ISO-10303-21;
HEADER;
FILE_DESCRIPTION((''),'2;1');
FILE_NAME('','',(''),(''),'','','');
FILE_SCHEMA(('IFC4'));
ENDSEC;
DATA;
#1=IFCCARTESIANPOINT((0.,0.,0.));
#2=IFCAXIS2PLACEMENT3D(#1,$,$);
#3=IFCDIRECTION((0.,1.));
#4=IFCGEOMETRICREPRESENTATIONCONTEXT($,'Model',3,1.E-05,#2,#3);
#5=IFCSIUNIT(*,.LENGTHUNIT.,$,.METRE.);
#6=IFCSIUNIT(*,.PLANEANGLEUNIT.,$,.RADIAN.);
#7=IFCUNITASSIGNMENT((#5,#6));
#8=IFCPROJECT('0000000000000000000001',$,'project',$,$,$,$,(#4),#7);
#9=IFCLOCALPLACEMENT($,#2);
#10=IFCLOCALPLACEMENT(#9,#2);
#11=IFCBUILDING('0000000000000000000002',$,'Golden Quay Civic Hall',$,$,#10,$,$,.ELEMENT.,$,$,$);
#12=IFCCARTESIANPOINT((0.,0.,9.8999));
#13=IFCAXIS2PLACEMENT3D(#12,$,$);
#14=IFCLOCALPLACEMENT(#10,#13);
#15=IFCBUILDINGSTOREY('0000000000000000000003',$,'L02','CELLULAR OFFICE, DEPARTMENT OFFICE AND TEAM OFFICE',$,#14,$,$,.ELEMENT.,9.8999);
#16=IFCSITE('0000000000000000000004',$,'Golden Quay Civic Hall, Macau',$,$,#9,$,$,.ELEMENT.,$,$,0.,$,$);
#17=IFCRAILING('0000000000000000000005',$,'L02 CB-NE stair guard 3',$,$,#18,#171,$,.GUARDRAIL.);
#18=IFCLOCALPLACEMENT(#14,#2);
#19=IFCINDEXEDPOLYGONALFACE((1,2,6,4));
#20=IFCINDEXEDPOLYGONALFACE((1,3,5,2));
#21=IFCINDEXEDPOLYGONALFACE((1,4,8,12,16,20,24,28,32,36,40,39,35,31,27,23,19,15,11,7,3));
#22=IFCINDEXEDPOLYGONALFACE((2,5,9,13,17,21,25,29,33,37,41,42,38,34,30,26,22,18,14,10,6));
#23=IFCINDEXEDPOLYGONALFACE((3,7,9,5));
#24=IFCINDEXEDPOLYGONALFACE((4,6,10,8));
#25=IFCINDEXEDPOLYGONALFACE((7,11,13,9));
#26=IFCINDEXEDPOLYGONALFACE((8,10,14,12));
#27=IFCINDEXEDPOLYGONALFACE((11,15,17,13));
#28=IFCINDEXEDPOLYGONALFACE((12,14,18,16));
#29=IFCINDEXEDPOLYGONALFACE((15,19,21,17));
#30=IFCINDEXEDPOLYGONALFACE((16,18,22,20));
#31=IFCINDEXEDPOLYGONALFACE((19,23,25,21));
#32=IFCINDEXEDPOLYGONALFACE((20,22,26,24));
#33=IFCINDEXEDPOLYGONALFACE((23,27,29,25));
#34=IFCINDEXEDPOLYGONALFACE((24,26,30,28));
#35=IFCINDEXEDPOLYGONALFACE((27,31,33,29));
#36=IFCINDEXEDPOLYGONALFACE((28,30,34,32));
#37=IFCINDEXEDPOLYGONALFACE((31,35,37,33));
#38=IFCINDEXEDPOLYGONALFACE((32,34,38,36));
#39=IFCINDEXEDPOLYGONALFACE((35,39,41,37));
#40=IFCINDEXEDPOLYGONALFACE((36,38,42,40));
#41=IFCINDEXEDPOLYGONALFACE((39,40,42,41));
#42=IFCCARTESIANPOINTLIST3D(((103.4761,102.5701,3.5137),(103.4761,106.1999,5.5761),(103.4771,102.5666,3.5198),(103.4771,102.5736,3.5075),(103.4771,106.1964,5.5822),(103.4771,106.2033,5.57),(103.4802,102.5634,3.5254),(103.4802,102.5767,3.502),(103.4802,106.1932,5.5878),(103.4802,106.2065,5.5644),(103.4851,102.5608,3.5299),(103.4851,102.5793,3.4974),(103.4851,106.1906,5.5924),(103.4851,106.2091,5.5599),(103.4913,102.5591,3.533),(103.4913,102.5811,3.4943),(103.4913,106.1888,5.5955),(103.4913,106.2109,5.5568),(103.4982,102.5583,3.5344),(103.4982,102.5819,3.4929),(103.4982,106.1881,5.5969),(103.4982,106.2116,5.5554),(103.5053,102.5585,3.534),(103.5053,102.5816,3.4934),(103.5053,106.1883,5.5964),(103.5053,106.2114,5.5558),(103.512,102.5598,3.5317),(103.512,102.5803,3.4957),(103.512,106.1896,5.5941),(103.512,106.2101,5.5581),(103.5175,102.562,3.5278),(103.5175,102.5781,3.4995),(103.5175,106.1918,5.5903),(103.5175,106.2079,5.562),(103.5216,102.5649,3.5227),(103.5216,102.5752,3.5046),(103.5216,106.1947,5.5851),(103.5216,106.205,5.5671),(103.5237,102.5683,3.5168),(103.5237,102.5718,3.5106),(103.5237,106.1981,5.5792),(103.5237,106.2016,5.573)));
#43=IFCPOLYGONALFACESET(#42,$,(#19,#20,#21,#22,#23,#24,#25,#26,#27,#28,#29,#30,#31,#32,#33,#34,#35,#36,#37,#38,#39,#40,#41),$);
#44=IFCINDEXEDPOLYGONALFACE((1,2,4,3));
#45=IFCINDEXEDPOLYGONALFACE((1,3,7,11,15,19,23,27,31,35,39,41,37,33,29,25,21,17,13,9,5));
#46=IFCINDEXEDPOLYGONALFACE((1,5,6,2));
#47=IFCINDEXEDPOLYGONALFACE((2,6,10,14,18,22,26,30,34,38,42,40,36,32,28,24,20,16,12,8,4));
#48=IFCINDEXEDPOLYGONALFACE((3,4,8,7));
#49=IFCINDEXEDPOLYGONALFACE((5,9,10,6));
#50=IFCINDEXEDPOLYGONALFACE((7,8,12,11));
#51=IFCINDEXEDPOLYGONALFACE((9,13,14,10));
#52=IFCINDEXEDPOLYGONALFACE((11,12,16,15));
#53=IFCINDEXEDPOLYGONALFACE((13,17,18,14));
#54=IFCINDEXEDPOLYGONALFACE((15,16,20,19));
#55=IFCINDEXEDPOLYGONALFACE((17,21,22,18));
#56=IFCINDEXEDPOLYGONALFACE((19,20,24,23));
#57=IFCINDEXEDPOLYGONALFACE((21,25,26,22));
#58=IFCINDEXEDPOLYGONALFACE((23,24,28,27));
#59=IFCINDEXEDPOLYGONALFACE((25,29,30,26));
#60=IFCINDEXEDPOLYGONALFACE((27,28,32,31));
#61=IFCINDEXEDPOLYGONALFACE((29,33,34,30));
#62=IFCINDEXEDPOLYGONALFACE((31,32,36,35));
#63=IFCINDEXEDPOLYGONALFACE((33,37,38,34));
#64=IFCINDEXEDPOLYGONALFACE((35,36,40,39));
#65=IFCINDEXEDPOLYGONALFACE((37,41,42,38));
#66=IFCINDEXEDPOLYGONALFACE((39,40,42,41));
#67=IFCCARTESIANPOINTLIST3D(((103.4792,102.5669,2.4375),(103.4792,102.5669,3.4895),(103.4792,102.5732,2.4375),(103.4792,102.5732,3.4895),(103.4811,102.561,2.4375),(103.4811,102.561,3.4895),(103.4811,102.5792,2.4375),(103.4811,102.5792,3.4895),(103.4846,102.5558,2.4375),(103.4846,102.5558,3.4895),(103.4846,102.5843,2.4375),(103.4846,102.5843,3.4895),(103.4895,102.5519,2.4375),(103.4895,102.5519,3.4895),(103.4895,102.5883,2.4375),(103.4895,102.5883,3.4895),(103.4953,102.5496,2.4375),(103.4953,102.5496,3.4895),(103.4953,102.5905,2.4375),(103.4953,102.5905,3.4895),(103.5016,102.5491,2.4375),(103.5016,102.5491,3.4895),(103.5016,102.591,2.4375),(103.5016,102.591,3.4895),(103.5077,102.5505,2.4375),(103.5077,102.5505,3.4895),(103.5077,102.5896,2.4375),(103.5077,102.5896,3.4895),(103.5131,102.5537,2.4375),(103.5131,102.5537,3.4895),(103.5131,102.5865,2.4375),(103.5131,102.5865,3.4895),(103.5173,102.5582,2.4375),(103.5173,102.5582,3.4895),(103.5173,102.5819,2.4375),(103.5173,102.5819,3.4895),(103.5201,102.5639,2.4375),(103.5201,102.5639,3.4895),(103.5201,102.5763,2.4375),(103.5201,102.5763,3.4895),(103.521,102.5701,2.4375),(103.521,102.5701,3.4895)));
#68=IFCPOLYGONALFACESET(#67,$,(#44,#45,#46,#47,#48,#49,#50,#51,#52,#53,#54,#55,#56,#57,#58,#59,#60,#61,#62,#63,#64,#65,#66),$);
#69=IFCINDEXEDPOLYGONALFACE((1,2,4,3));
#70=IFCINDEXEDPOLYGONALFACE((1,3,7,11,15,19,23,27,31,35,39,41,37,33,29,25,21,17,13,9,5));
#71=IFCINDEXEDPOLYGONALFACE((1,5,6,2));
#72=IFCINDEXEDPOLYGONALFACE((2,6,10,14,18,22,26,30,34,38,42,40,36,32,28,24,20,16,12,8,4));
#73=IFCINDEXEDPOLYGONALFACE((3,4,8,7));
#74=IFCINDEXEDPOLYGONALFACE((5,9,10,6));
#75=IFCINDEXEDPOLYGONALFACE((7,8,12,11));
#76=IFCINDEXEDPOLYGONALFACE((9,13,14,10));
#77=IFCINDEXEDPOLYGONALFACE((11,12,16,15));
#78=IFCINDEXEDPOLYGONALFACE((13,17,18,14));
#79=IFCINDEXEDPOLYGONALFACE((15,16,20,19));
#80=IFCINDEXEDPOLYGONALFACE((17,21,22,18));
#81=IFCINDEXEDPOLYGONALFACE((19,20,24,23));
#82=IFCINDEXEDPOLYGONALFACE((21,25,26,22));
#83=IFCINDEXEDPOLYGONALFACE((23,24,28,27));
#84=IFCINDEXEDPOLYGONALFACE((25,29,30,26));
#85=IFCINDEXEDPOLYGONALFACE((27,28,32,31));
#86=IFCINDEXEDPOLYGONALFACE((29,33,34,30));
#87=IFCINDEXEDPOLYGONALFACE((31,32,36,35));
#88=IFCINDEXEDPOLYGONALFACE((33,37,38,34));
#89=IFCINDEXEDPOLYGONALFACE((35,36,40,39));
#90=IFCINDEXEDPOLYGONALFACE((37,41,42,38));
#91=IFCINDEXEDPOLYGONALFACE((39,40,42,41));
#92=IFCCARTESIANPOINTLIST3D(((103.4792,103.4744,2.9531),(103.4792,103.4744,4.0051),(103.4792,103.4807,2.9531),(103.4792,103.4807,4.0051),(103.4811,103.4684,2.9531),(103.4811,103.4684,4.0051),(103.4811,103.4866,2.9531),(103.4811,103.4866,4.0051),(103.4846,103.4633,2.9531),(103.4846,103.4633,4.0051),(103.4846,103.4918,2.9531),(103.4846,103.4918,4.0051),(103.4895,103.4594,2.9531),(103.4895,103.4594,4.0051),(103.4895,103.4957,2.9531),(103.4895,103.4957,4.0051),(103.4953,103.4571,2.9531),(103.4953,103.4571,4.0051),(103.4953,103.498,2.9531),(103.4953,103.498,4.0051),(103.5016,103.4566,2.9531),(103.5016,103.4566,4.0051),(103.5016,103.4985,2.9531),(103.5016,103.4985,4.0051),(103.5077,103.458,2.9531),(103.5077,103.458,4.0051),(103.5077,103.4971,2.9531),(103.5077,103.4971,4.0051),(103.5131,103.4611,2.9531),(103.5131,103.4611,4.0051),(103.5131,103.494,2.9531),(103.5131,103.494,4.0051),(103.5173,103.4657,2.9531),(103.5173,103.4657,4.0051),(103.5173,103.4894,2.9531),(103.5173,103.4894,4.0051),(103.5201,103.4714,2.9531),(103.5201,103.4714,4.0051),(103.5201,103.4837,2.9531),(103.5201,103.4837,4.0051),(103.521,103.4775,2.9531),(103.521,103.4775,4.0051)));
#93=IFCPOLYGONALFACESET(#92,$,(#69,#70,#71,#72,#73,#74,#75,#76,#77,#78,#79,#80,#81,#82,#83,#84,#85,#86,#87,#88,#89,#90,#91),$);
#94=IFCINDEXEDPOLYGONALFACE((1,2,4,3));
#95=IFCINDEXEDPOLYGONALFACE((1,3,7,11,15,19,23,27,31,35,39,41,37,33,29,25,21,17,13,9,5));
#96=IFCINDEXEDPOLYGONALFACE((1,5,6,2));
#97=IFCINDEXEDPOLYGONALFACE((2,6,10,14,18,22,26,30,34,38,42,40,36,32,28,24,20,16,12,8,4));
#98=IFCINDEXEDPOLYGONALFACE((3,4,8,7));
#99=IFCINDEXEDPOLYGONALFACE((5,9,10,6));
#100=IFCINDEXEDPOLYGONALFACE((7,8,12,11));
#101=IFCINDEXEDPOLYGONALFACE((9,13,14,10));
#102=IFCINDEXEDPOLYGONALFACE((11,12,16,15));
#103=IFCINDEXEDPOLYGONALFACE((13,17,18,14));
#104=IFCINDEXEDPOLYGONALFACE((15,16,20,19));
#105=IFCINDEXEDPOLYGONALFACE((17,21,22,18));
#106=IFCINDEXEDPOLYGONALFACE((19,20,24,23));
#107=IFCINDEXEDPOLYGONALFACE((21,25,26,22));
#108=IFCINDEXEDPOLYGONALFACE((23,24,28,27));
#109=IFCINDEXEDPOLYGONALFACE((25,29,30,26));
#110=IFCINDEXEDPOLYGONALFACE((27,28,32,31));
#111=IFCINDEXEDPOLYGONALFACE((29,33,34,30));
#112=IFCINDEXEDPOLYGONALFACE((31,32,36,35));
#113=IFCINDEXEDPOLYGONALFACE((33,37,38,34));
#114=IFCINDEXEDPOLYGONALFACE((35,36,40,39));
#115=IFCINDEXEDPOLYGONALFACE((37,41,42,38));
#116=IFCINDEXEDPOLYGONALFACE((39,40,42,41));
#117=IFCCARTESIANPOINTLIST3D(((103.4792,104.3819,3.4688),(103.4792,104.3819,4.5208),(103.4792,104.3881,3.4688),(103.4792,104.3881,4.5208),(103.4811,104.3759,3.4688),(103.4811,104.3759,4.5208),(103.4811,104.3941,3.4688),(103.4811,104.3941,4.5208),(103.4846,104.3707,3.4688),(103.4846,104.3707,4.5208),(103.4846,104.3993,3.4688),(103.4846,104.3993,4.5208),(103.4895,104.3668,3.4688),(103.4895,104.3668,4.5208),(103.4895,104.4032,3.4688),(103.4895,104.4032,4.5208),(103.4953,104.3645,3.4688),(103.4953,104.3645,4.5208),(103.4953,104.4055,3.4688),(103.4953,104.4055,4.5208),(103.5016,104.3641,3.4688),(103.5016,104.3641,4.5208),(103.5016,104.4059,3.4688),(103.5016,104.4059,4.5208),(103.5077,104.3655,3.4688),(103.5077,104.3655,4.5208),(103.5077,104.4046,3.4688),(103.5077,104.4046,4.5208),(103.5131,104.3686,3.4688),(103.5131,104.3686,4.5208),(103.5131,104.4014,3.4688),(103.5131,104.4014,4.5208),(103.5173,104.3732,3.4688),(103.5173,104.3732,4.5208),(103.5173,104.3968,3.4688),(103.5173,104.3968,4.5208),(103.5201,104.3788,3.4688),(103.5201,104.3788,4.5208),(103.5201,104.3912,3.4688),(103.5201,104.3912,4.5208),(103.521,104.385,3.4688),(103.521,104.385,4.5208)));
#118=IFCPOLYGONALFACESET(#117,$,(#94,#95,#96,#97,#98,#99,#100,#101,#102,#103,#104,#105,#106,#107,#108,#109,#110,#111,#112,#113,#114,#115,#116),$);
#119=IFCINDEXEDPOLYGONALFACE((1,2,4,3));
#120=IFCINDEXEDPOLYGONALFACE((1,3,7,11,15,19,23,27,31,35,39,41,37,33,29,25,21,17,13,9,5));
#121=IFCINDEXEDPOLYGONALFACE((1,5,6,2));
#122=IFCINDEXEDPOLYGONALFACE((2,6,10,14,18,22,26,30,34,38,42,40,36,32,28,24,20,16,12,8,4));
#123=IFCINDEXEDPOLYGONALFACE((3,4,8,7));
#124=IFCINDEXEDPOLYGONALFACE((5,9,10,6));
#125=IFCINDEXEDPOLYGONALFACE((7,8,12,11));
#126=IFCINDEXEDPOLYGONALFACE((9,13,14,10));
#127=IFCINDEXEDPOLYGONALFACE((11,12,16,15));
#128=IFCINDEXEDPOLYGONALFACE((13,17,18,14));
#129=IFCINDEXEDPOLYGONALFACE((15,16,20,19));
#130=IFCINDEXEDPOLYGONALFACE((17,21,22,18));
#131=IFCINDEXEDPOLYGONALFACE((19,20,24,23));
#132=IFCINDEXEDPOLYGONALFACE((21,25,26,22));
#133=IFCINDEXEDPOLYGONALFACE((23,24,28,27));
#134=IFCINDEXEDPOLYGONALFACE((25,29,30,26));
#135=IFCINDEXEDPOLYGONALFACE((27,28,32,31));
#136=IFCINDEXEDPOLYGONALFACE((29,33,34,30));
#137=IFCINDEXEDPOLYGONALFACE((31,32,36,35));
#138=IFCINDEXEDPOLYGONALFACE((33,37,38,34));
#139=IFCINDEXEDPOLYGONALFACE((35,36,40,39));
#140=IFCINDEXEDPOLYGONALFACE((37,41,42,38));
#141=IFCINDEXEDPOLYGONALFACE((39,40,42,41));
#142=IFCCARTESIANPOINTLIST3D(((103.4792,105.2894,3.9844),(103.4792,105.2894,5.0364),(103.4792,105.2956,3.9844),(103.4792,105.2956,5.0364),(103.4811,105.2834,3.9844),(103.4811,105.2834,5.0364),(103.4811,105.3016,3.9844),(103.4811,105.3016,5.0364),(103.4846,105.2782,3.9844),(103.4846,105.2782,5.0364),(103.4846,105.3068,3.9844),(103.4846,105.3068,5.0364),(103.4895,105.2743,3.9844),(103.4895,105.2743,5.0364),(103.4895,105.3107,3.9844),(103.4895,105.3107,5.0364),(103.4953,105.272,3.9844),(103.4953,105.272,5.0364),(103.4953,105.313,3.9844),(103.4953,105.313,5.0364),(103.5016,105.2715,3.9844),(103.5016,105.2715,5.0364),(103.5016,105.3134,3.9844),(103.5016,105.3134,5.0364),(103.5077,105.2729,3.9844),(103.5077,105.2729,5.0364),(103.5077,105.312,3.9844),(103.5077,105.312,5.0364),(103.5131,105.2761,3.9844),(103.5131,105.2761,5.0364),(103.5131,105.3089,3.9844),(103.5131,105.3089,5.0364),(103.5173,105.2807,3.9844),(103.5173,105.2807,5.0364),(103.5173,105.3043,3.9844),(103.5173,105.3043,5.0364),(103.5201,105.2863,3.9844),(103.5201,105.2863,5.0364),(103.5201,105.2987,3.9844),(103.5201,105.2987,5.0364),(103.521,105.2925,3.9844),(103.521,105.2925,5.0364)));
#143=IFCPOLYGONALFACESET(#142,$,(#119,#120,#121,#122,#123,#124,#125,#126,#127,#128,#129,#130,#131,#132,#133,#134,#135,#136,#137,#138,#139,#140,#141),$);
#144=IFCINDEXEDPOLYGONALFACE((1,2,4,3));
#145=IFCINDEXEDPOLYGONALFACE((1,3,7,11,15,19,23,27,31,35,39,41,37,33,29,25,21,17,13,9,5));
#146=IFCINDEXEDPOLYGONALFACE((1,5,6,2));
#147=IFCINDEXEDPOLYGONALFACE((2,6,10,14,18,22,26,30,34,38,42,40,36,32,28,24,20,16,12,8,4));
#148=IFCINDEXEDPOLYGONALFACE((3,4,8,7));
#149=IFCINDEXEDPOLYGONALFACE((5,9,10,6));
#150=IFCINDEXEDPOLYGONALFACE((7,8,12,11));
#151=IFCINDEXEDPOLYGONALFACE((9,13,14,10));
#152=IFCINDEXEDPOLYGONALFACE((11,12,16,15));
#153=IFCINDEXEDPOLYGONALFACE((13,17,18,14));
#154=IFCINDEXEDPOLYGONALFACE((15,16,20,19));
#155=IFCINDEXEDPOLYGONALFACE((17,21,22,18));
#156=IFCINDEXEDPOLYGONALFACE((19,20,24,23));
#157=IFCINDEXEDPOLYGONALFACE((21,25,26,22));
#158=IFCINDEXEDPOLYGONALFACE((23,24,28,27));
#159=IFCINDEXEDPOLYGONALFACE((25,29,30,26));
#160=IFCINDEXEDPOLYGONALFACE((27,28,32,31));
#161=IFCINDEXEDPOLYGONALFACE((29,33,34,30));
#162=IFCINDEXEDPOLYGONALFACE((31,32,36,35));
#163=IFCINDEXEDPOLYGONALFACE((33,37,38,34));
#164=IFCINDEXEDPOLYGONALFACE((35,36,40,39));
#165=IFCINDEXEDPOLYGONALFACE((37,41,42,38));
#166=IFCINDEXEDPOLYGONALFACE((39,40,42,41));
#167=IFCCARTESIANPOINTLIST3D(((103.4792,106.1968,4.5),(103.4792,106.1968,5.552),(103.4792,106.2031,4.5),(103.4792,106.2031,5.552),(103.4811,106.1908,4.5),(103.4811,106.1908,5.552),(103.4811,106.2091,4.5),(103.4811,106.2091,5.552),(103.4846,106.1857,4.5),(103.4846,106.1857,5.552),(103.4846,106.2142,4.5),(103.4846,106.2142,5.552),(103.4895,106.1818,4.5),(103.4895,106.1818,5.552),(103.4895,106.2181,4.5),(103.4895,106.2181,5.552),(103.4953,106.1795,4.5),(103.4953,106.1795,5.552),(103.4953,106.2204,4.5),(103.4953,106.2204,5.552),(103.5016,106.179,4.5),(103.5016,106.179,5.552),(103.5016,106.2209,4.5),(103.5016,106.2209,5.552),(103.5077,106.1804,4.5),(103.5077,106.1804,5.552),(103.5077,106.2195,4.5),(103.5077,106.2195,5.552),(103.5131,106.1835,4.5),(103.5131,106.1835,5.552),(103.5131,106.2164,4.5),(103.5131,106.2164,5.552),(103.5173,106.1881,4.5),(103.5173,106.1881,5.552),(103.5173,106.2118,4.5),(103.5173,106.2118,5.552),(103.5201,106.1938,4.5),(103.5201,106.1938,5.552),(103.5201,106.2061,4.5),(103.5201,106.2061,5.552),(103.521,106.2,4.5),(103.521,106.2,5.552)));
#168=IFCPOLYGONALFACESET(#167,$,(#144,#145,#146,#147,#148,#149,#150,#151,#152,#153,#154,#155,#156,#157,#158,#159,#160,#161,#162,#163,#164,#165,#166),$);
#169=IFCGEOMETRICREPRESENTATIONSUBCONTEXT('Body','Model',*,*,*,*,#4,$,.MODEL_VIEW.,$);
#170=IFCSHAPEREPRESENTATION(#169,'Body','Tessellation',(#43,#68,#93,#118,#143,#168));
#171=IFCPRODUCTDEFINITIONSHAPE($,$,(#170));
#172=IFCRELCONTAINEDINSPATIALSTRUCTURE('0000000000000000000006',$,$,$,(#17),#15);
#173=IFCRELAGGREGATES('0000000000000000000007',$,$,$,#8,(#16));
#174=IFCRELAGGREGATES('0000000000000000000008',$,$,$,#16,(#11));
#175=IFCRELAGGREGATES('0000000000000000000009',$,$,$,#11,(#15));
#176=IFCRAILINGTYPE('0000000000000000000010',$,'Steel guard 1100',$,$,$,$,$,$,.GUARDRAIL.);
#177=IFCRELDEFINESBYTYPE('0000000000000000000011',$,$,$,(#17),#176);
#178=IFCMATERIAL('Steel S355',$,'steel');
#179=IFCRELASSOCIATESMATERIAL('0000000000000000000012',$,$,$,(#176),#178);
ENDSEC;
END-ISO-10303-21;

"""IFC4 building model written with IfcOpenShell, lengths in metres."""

from ifc_helpers import new_model, si_unit, direction, frame, origin, origin_2d, place, context, subcontext, project, spatial, circle, extrude, material, type_object, element, save


model = new_model("IFC4")

# Units and contexts
model_context = context("Model", 3, precision=1e-05, world=origin(), true_north=direction((0.0, 1.0)))
body_context = subcontext(model_context, "Body", "Model", "MODEL_VIEW")
ifc_project = project(units=[si_unit("LENGTHUNIT", "METRE"), si_unit("PLANEANGLEUNIT", "RADIAN")], contexts=[model_context])

# Site, building, storey
site_placement = place(None, origin())
site = spatial("IfcSite", under=ifc_project, at=site_placement, Name="Golden Quay Civic Hall, Macau", CompositionType="ELEMENT", RefElevation=0.0)
building_placement = place(site_placement, origin())
building = spatial("IfcBuilding", under=site, at=building_placement, Name="Golden Quay Civic Hall", CompositionType="ELEMENT")
storey_placement = place(building_placement, frame((0.0, 0.0, 9.8999)))
storey = spatial("IfcBuildingStorey", under=building, at=storey_placement, Name="L02", Description="CELLULAR OFFICE, DEPARTMENT OFFICE AND TEAM OFFICE", CompositionType="ELEMENT", Elevation=9.8999)

# Railing
ifc_material_1 = material(Name="Steel S355", Category="steel")
railing_type_1 = type_object("IfcRailingType", Name="Steel guard 1100", PredefinedType="GUARDRAIL", material=ifc_material_1)
railing_1_placement = place(storey_placement, frame((103.5, 102.5701, 2.4375)))
element("IfcRailing", 1, at=railing_1_placement, inside=storey, type_object=railing_type_1, Name="L02 CB-NE stair guard 3", PredefinedType="GUARDRAIL", context=body_context, shape_type="SweptSolid", body=[
    extrude(circle(Radius=0.0239, at=origin_2d()), frame((0.0, 0.0, 1.0762), z_axis=(0.0, 0.86945, 0.494021), x_axis=(-1.0, 0.0, 0.0)), (0.0, 0.0, 1.0), 4.1748),
    extrude(circle(Radius=0.021, at=origin_2d()), origin(), (0.0, 0.0, 1.0), 1.052),
    extrude(circle(Radius=0.021, at=origin_2d()), frame((0.0, 0.9075, 0.5156)), (0.0, 0.0, 1.0), 1.052),
    extrude(circle(Radius=0.021, at=origin_2d()), frame((0.0, 1.8149, 1.0312)), (0.0, 0.0, 1.0), 1.052),
    extrude(circle(Radius=0.021, at=origin_2d()), frame((0.0, 2.7224, 1.5469)), (0.0, 0.0, 1.0), 1.052),
    extrude(circle(Radius=0.021, at=origin_2d()), frame((0.0, 3.6299, 2.0625)), (0.0, 0.0, 1.0), 1.052),
])

save(model, "model.ifc")
